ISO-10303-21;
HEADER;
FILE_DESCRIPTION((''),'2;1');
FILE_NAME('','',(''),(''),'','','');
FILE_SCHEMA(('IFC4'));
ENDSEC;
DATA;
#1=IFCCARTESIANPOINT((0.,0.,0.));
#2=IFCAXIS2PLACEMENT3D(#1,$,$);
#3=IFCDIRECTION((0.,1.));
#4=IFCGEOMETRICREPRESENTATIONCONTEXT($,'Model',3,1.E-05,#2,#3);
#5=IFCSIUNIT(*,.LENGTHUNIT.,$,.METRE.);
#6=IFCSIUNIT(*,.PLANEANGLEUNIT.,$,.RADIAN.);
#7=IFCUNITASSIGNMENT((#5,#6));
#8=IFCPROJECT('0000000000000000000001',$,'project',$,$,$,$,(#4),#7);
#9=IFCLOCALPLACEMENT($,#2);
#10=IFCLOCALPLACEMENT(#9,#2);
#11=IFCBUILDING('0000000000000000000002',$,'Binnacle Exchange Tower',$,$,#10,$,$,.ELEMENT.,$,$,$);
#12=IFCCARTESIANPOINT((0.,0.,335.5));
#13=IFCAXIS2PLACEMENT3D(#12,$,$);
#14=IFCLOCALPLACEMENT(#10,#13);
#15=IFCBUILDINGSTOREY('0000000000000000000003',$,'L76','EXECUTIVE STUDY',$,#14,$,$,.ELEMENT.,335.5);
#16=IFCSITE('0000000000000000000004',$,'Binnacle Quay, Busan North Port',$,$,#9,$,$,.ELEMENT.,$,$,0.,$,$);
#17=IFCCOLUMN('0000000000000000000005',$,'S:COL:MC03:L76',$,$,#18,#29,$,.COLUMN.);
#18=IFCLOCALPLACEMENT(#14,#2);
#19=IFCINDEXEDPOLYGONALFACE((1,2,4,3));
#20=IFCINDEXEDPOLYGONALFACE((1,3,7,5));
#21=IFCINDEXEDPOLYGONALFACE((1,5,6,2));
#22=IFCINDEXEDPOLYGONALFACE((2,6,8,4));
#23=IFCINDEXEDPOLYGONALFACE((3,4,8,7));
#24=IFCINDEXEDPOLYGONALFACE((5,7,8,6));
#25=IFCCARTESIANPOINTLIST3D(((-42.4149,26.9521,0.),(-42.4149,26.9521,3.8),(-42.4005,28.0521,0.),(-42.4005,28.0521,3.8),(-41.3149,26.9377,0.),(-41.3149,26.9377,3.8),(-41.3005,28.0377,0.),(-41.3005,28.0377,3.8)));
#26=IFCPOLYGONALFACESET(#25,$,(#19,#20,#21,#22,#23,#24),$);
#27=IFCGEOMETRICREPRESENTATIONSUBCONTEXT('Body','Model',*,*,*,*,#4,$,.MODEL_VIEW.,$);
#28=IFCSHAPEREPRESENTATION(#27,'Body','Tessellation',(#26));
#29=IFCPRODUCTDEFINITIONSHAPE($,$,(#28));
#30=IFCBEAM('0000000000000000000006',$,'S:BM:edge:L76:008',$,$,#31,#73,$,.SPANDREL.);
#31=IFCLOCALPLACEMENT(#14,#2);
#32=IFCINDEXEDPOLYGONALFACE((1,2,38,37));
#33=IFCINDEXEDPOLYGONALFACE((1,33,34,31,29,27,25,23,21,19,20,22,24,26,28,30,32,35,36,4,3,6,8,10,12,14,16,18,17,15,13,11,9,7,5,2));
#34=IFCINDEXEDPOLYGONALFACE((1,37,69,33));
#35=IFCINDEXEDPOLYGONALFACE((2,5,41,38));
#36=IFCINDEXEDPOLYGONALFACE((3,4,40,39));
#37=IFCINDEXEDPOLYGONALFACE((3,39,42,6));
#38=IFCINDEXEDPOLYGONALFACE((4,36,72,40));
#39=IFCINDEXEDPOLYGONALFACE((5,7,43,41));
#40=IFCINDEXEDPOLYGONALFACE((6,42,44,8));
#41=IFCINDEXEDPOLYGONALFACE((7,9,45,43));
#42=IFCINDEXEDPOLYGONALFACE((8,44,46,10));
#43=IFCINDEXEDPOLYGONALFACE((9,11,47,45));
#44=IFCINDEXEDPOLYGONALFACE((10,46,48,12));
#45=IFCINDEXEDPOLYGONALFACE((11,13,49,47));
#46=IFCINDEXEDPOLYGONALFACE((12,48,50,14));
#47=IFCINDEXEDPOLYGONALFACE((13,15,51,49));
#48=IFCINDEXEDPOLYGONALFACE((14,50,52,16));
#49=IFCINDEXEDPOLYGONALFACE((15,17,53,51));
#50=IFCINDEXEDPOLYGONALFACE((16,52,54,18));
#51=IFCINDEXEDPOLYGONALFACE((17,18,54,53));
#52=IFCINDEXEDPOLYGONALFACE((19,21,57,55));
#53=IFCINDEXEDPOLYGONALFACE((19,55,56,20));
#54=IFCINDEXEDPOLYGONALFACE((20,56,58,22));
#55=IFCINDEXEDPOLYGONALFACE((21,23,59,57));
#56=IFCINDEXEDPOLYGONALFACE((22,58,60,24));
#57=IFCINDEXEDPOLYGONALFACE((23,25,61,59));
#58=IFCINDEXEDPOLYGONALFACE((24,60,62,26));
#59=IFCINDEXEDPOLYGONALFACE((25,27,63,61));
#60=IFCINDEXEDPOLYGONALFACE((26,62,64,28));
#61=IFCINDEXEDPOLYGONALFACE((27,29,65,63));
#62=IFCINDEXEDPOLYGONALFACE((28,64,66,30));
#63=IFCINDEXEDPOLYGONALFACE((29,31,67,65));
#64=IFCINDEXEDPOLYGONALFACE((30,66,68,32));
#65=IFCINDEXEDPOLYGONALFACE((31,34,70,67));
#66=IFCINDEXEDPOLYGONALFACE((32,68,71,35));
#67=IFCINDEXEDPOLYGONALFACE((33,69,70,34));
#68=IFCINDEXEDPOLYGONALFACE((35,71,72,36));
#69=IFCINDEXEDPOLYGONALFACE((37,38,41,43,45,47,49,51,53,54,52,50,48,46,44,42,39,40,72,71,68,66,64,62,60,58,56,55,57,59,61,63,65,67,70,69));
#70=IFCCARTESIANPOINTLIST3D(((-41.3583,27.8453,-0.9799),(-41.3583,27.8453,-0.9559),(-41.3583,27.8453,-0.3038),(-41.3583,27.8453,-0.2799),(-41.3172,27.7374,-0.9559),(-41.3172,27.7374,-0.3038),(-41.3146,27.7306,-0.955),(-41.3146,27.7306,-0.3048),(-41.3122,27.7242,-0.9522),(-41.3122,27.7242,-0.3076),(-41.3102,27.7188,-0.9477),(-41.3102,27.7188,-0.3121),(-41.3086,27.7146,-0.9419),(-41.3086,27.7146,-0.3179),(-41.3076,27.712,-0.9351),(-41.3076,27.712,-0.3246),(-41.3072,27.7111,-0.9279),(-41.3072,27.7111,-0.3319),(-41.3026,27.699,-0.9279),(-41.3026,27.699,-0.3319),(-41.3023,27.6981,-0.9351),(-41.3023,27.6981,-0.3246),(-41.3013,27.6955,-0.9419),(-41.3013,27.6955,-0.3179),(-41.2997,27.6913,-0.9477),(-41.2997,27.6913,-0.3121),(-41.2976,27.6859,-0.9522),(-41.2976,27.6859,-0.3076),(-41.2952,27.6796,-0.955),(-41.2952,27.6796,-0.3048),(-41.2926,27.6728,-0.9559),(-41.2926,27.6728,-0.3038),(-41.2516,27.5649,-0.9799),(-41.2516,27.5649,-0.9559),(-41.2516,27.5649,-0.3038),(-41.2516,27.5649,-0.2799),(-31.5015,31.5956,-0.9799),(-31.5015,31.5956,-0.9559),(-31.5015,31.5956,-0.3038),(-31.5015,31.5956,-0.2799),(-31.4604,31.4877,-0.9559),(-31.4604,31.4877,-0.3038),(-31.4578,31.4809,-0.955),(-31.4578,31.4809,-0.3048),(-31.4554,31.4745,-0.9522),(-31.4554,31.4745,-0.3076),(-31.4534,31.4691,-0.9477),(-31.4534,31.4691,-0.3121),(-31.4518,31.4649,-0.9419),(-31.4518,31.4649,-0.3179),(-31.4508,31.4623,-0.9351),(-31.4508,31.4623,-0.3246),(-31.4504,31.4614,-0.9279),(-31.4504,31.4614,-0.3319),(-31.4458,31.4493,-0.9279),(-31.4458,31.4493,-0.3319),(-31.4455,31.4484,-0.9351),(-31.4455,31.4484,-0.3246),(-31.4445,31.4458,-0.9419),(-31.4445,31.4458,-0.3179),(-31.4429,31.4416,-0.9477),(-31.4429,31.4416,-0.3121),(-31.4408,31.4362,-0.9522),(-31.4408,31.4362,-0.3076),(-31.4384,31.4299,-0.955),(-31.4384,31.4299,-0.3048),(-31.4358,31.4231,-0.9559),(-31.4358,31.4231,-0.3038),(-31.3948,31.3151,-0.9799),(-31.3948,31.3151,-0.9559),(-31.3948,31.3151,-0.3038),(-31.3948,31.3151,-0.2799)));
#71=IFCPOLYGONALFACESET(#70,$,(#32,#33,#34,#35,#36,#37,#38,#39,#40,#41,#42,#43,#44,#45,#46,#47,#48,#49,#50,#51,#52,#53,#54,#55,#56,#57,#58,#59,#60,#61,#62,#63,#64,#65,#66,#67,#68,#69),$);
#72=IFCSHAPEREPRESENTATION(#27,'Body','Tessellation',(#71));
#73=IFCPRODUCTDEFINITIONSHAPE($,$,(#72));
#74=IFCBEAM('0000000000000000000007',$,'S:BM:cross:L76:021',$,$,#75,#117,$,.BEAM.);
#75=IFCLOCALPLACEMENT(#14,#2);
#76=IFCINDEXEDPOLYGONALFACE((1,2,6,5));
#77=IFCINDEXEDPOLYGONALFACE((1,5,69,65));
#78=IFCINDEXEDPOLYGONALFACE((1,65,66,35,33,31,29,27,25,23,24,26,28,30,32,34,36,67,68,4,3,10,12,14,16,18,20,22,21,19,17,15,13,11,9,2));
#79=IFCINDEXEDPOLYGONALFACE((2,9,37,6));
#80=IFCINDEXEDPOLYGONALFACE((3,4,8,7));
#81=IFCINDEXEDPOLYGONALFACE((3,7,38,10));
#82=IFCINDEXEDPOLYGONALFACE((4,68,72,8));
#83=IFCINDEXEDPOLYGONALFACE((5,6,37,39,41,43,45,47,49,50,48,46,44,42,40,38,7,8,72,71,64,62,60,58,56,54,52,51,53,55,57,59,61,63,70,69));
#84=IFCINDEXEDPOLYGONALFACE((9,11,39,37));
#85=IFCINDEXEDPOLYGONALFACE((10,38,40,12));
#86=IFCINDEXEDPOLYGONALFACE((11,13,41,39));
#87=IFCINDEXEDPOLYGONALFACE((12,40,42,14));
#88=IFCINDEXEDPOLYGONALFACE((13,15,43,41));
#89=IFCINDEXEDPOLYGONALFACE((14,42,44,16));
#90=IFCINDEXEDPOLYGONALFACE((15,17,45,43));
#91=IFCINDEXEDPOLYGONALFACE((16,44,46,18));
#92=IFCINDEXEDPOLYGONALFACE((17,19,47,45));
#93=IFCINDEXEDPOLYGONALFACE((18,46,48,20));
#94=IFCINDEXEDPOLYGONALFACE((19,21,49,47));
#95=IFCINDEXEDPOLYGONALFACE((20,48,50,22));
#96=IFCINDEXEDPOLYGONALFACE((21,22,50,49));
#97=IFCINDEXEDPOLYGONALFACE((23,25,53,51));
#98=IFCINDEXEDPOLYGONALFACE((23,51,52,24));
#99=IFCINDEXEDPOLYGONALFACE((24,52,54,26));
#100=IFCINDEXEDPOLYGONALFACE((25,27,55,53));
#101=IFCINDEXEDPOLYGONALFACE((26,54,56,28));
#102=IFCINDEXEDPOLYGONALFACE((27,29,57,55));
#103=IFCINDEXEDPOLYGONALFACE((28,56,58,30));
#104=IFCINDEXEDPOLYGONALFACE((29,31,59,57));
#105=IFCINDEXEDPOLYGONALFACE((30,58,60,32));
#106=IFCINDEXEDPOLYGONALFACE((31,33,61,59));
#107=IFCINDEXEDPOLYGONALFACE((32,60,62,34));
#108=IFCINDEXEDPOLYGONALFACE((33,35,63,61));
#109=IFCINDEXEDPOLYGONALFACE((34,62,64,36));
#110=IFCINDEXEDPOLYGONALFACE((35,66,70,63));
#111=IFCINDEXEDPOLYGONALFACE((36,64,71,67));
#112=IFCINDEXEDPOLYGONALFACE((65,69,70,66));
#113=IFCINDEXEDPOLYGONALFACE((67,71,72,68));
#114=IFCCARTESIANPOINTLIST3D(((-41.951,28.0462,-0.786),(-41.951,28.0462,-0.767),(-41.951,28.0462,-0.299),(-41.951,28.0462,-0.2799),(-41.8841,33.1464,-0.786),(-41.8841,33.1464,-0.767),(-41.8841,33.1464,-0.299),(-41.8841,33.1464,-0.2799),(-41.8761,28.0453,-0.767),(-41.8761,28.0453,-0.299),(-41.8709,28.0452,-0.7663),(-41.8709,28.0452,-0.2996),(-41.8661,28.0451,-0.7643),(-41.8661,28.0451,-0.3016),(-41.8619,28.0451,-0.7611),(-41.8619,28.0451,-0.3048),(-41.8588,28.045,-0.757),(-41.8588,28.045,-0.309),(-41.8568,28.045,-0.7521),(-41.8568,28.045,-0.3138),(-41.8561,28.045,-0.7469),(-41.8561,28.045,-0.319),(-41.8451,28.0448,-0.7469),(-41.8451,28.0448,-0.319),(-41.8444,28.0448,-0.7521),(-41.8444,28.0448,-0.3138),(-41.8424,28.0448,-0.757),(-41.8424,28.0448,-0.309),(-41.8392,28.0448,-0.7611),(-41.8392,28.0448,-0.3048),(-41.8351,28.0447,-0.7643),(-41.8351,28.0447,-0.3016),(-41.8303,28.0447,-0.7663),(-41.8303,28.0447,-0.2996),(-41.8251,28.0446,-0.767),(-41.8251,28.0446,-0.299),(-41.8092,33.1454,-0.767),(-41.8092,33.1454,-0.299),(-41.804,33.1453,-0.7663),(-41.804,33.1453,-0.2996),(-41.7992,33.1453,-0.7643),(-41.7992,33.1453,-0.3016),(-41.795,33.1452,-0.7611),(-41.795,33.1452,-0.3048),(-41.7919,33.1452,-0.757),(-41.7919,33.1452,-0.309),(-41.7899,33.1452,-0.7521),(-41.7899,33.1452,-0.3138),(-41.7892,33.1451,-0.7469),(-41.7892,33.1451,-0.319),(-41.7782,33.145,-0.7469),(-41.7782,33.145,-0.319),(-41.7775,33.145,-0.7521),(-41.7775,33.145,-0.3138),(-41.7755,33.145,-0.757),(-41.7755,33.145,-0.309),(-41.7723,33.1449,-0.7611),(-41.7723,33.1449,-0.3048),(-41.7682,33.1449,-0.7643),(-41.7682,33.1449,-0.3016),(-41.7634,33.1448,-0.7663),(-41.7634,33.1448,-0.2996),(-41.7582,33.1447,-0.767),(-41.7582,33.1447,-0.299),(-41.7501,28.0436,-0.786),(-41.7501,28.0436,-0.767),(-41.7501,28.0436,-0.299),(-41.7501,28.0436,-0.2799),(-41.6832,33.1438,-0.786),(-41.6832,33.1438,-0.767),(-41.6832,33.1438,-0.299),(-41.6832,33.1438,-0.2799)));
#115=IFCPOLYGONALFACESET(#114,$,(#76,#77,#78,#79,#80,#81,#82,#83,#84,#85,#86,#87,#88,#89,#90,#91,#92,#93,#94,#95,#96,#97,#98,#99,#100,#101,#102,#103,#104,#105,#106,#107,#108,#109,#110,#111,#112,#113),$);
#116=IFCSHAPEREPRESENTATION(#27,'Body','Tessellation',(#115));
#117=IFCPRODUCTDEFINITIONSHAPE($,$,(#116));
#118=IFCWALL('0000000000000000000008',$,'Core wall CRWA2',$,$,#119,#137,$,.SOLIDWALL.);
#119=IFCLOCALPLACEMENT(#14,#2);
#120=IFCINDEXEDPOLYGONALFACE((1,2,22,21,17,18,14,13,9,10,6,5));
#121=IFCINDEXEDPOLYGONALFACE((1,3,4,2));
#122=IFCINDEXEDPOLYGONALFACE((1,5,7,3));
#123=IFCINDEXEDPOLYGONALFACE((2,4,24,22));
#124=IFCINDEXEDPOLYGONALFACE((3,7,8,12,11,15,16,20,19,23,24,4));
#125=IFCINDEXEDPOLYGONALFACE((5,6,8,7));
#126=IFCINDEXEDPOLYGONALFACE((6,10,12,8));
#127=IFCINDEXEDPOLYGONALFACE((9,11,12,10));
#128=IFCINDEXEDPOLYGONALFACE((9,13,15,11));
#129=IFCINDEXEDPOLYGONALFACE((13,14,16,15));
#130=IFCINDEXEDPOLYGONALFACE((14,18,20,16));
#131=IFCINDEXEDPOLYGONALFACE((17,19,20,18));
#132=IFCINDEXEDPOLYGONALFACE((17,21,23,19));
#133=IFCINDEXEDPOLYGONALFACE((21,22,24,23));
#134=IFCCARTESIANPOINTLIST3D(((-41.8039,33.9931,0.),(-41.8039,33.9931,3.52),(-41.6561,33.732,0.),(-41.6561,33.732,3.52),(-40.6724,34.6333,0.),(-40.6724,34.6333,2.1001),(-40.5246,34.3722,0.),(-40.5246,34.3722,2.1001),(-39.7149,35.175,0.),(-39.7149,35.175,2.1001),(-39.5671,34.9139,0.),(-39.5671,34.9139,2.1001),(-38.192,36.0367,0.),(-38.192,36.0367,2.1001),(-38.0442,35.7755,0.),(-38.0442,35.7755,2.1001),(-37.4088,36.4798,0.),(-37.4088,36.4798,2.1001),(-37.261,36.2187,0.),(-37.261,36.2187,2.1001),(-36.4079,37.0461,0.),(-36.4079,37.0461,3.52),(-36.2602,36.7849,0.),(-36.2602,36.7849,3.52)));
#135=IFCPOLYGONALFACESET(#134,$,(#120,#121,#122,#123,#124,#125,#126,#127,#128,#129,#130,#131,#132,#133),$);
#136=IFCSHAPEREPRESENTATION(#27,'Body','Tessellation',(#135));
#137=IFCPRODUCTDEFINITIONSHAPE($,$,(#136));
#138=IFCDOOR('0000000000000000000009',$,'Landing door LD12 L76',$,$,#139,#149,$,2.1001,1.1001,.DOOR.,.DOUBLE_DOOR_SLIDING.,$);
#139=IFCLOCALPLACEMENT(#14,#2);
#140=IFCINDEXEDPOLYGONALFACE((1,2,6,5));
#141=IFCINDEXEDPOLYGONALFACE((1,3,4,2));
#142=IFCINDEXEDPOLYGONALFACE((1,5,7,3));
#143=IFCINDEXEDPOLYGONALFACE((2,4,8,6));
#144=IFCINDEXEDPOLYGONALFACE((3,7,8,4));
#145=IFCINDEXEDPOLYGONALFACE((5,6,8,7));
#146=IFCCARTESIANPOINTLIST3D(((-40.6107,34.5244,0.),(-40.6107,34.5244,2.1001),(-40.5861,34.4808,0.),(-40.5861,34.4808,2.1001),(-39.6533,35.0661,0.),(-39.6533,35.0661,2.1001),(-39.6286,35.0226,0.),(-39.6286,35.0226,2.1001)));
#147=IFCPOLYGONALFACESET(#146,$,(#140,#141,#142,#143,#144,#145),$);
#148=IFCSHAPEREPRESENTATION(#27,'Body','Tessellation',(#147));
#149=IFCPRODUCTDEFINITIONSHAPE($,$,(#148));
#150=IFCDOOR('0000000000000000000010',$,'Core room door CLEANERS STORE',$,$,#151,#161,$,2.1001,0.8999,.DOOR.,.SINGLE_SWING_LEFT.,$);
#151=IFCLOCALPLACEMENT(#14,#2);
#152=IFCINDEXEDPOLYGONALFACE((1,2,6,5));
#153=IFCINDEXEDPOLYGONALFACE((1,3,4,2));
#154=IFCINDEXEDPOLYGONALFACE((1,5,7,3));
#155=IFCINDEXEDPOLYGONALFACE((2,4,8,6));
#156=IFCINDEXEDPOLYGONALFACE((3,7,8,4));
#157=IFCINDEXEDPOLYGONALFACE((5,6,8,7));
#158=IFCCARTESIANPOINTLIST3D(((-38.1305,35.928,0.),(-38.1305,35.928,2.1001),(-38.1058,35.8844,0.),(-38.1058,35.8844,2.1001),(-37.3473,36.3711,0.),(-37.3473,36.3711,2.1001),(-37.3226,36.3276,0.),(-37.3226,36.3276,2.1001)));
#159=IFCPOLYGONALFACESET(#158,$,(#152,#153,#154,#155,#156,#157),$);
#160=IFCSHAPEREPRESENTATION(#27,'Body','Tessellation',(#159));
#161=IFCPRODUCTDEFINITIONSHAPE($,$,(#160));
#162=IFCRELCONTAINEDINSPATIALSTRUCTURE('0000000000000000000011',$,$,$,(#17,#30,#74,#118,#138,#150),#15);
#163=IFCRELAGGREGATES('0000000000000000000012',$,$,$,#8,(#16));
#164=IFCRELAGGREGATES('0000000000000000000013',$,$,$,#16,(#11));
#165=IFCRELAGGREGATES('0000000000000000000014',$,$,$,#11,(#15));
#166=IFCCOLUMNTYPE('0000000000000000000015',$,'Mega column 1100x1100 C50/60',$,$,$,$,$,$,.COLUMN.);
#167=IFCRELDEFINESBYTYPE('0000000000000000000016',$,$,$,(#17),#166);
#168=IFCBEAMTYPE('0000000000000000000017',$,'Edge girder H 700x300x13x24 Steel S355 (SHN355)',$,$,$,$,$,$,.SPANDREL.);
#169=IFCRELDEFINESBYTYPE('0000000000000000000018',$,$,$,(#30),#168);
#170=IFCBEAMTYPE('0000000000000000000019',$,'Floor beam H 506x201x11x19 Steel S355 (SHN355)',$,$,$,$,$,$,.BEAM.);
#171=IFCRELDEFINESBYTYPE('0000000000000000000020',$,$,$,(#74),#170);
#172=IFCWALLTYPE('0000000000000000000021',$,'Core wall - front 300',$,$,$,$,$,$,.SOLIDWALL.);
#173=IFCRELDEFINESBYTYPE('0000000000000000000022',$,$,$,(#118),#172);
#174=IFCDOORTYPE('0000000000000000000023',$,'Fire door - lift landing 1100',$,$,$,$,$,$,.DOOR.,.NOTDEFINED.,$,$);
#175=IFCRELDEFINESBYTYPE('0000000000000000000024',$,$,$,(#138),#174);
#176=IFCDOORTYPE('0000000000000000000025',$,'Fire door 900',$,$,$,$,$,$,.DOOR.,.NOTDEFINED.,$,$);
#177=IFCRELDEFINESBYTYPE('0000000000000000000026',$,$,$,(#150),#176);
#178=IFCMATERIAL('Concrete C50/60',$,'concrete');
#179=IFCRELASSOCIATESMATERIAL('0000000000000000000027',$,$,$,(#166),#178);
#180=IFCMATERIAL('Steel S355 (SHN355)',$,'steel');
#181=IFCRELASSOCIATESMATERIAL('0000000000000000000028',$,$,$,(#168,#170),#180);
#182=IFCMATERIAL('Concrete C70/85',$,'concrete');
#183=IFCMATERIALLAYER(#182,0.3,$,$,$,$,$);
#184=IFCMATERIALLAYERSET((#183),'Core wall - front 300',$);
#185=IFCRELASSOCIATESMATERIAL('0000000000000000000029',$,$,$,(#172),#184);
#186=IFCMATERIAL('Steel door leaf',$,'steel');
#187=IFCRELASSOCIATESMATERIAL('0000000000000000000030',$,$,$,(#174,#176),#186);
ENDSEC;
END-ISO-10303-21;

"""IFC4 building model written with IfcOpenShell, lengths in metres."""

from ifc_helpers import new_model, si_unit, direction, frame, frame_2d, origin, origin_2d, place, context, subcontext, project, spatial, rectangle, i_section, extrude, material, layer, layer_set, material_profile, profile_set, type_object, element, fill, save


model = new_model("IFC4")

# Units and contexts
model_context = context("Model", 3, precision=1e-05, world=origin(), true_north=direction((0.0, 1.0)))
body_context = subcontext(model_context, "Body", "Model", "MODEL_VIEW")
ifc_project = project(units=[si_unit("LENGTHUNIT", "METRE"), si_unit("PLANEANGLEUNIT", "RADIAN")], contexts=[model_context])

# Site, building, storey
site_placement = place(None, origin())
site = spatial("IfcSite", under=ifc_project, at=site_placement, Name="Binnacle Quay, Busan North Port", CompositionType="ELEMENT", RefElevation=0.0)
building_placement = place(site_placement, origin())
building = spatial("IfcBuilding", under=site, at=building_placement, Name="Binnacle Exchange Tower", CompositionType="ELEMENT")
storey_placement = place(building_placement, frame((0.0, 0.0, 335.5)))
storey = spatial("IfcBuildingStorey", under=building, at=storey_placement, Name="L76", Description="EXECUTIVE STUDY", CompositionType="ELEMENT", Elevation=335.5)

# Column
ifc_material_1 = material(Name="Concrete C50/60", Category="concrete")
ifc_material_profile_1 = material_profile(ifc_material_1, rectangle(XDim=1.1001, YDim=1.1001, at=origin_2d()), Name="Mega column 1100x1100 C50/60")
ifc_profile_set_1 = profile_set([ifc_material_profile_1], Name="Concrete C50/60")
column_type = type_object("IfcColumnType", Name="Mega column 1100x1100 C50/60", PredefinedType="COLUMN", material=ifc_profile_set_1)
column_placement = place(storey_placement, frame((-41.8577, 27.4949, 0.0), z_axis=(0.0, 0.0, 1.0), x_axis=(0.999914, -0.01309, 0.0)))
element("IfcColumn", 1, at=column_placement, inside=storey, type_object=column_type, Name="S:COL:MC03:L76", PredefinedType="COLUMN", context=body_context, shape_type="SweptSolid", body=[
    extrude(rectangle(XDim=1.1001, YDim=1.1001, at=origin_2d()), origin(), (0.0, 0.0, 1.0), 3.8),
])

# Beams
ifc_material_2 = material(Name="Steel S355 (SHN355)", Category="steel")
ifc_material_profile_2 = material_profile(ifc_material_2, i_section(OverallWidth=0.3, OverallDepth=0.7, WebThickness=0.0129, FlangeThickness=0.0239, FilletRadius=0.0281, at=origin_2d()), Name="H 700x300x13x24")
ifc_profile_set_2 = profile_set([ifc_material_profile_2], Name="Steel S355 (SHN355)")
beam_type_1 = type_object("IfcBeamType", Name="Edge girder H 700x300x13x24 Steel S355 (SHN355)", PredefinedType="SPANDREL", material=ifc_profile_set_2)
beam_1_placement = place(storey_placement, frame((-41.3049, 27.7051, -0.6299), z_axis=(0.934635, 0.355607, 0.0), x_axis=(-0.355607, 0.934635, 0.0)))
element("IfcBeam", 2, at=beam_1_placement, inside=storey, type_object=beam_type_1, Name="S:BM:edge:L76:008", PredefinedType="SPANDREL", context=body_context, shape_type="SweptSolid", body=[
    extrude(i_section(OverallWidth=0.3, OverallDepth=0.7, WebThickness=0.0129, FlangeThickness=0.0239, FilletRadius=0.0281, at=origin_2d()), origin(), (0.0, 0.0, 1.0), 10.5461),
])
ifc_material_profile_3 = material_profile(ifc_material_2, i_section(OverallWidth=0.2009, OverallDepth=0.5061, WebThickness=0.011, FlangeThickness=0.019, FilletRadius=0.02, at=origin_2d()), Name="H 506x201x11x19")
ifc_profile_set_3 = profile_set([ifc_material_profile_3], Name="Steel S355 (SHN355)")
beam_type_2 = type_object("IfcBeamType", Name="Floor beam H 506x201x11x19 Steel S355 (SHN355)", PredefinedType="BEAM", material=ifc_profile_set_3)
beam_2_placement = place(storey_placement, frame((-41.8506, 28.0449, -0.533), z_axis=(0.013115, 0.999914, 0.0), x_axis=(-0.999914, 0.013115, 0.0)))
element("IfcBeam", 3, at=beam_2_placement, inside=storey, type_object=beam_type_2, Name="S:BM:cross:L76:021", PredefinedType="BEAM", context=body_context, shape_type="SweptSolid", body=[
    extrude(i_section(OverallWidth=0.2009, OverallDepth=0.5061, WebThickness=0.011, FlangeThickness=0.019, FilletRadius=0.02, at=origin_2d()), origin(), (0.0, 0.0, 1.0), 5.1006),
])

# Wall, openings, doors
ifc_material_3 = material(Name="Concrete C70/85", Category="concrete")
ifc_layer_1 = layer(ifc_material_3, 0.3)
ifc_layer_set_1 = layer_set([ifc_layer_1], Name="Core wall - front 300")
wall_type_1 = type_object("IfcWallType", Name="Core wall - front 300", PredefinedType="SOLIDWALL", material=ifc_layer_set_1)
wall_1_placement = place(storey_placement, frame((-41.73, 33.8625, 0.0), z_axis=(0.0, 0.0, 1.0), x_axis=(0.870351, 0.492432, 0.0)))
wall_1 = element("IfcWall", 4, at=wall_1_placement, inside=storey, type_object=wall_type_1, Name="Core wall CRWA2", PredefinedType="SOLIDWALL", context=body_context, shape_type="SweptSolid", body=[
    extrude(rectangle(XDim=6.1997, YDim=0.3, at=frame_2d((3.0999, 0.0))), origin(), (0.0, 0.0, 1.0), 3.52),
])
opening_1_placement = place(wall_1_placement, frame((1.3, 0.0, 0.0)))
opening_1 = element("IfcOpeningElement", 5, at=opening_1_placement, cuts=wall_1, PredefinedType="OPENING", context=body_context, shape_type="SweptSolid", body=[
    extrude(rectangle(XDim=1.1001, YDim=2.1001, at=frame_2d((0.55, 1.05))), frame((0.0, 0.1599, 0.0), z_axis=(0.0, -1.0, 0.0), x_axis=(1.0, 0.0, 0.0)), (0.0, 0.0, 1.0), 0.3201),
])
opening_2_placement = place(wall_1_placement, frame((4.1499, 0.0, 0.0)))
opening_2 = element("IfcOpeningElement", 6, at=opening_2_placement, cuts=wall_1, PredefinedType="OPENING", context=body_context, shape_type="SweptSolid", body=[
    extrude(rectangle(XDim=0.8999, YDim=2.1001, at=frame_2d((0.45, 1.05))), frame((0.0, 0.1599, 0.0), z_axis=(0.0, -1.0, 0.0), x_axis=(1.0, 0.0, 0.0)), (0.0, 0.0, 1.0), 0.3201),
])
ifc_material_4 = material(Name="Steel door leaf", Category="steel")
door_type_1 = type_object("IfcDoorType", Name="Fire door - lift landing 1100", OperationType="NOTDEFINED", PredefinedType="DOOR", material=ifc_material_4)
door_1_placement = place(opening_1_placement, origin())
door_1 = element("IfcDoor", 7, at=door_1_placement, inside=storey, type_object=door_type_1, Name="Landing door LD12 L76", OperationType="DOUBLE_DOOR_SLIDING", OverallHeight=2.1001, OverallWidth=1.1001, PredefinedType="DOOR", context=body_context, shape_type="SweptSolid", body=[
    extrude(rectangle(XDim=1.1001, YDim=2.1001, at=frame_2d((0.55, 1.05))), frame((0.0, 0.0249, 0.0), z_axis=(0.0, -1.0, 0.0), x_axis=(1.0, 0.0, 0.0)), (0.0, 0.0, 1.0), 0.05),
])
fill(opening_1, door_1)
door_type_2 = type_object("IfcDoorType", Name="Fire door 900", OperationType="NOTDEFINED", PredefinedType="DOOR", material=ifc_material_4)
door_2_placement = place(opening_2_placement, frame((0.8999, 0.0, 0.0), z_axis=(0.0, 0.0, 1.0), x_axis=(-1.0, 0.0, 0.0)))
door_2 = element("IfcDoor", 8, at=door_2_placement, inside=storey, type_object=door_type_2, Name="Core room door CLEANERS STORE", OperationType="SINGLE_SWING_LEFT", OverallHeight=2.1001, OverallWidth=0.8999, PredefinedType="DOOR", context=body_context, shape_type="SweptSolid", body=[
    extrude(rectangle(XDim=0.8999, YDim=2.1001, at=frame_2d((0.45, 1.05))), frame((0.0, 0.0249, 0.0), z_axis=(0.0, -1.0, 0.0), x_axis=(1.0, 0.0, 0.0)), (0.0, 0.0, 1.0), 0.05),
])
fill(opening_2, door_2)

save(model, "model.ifc")
